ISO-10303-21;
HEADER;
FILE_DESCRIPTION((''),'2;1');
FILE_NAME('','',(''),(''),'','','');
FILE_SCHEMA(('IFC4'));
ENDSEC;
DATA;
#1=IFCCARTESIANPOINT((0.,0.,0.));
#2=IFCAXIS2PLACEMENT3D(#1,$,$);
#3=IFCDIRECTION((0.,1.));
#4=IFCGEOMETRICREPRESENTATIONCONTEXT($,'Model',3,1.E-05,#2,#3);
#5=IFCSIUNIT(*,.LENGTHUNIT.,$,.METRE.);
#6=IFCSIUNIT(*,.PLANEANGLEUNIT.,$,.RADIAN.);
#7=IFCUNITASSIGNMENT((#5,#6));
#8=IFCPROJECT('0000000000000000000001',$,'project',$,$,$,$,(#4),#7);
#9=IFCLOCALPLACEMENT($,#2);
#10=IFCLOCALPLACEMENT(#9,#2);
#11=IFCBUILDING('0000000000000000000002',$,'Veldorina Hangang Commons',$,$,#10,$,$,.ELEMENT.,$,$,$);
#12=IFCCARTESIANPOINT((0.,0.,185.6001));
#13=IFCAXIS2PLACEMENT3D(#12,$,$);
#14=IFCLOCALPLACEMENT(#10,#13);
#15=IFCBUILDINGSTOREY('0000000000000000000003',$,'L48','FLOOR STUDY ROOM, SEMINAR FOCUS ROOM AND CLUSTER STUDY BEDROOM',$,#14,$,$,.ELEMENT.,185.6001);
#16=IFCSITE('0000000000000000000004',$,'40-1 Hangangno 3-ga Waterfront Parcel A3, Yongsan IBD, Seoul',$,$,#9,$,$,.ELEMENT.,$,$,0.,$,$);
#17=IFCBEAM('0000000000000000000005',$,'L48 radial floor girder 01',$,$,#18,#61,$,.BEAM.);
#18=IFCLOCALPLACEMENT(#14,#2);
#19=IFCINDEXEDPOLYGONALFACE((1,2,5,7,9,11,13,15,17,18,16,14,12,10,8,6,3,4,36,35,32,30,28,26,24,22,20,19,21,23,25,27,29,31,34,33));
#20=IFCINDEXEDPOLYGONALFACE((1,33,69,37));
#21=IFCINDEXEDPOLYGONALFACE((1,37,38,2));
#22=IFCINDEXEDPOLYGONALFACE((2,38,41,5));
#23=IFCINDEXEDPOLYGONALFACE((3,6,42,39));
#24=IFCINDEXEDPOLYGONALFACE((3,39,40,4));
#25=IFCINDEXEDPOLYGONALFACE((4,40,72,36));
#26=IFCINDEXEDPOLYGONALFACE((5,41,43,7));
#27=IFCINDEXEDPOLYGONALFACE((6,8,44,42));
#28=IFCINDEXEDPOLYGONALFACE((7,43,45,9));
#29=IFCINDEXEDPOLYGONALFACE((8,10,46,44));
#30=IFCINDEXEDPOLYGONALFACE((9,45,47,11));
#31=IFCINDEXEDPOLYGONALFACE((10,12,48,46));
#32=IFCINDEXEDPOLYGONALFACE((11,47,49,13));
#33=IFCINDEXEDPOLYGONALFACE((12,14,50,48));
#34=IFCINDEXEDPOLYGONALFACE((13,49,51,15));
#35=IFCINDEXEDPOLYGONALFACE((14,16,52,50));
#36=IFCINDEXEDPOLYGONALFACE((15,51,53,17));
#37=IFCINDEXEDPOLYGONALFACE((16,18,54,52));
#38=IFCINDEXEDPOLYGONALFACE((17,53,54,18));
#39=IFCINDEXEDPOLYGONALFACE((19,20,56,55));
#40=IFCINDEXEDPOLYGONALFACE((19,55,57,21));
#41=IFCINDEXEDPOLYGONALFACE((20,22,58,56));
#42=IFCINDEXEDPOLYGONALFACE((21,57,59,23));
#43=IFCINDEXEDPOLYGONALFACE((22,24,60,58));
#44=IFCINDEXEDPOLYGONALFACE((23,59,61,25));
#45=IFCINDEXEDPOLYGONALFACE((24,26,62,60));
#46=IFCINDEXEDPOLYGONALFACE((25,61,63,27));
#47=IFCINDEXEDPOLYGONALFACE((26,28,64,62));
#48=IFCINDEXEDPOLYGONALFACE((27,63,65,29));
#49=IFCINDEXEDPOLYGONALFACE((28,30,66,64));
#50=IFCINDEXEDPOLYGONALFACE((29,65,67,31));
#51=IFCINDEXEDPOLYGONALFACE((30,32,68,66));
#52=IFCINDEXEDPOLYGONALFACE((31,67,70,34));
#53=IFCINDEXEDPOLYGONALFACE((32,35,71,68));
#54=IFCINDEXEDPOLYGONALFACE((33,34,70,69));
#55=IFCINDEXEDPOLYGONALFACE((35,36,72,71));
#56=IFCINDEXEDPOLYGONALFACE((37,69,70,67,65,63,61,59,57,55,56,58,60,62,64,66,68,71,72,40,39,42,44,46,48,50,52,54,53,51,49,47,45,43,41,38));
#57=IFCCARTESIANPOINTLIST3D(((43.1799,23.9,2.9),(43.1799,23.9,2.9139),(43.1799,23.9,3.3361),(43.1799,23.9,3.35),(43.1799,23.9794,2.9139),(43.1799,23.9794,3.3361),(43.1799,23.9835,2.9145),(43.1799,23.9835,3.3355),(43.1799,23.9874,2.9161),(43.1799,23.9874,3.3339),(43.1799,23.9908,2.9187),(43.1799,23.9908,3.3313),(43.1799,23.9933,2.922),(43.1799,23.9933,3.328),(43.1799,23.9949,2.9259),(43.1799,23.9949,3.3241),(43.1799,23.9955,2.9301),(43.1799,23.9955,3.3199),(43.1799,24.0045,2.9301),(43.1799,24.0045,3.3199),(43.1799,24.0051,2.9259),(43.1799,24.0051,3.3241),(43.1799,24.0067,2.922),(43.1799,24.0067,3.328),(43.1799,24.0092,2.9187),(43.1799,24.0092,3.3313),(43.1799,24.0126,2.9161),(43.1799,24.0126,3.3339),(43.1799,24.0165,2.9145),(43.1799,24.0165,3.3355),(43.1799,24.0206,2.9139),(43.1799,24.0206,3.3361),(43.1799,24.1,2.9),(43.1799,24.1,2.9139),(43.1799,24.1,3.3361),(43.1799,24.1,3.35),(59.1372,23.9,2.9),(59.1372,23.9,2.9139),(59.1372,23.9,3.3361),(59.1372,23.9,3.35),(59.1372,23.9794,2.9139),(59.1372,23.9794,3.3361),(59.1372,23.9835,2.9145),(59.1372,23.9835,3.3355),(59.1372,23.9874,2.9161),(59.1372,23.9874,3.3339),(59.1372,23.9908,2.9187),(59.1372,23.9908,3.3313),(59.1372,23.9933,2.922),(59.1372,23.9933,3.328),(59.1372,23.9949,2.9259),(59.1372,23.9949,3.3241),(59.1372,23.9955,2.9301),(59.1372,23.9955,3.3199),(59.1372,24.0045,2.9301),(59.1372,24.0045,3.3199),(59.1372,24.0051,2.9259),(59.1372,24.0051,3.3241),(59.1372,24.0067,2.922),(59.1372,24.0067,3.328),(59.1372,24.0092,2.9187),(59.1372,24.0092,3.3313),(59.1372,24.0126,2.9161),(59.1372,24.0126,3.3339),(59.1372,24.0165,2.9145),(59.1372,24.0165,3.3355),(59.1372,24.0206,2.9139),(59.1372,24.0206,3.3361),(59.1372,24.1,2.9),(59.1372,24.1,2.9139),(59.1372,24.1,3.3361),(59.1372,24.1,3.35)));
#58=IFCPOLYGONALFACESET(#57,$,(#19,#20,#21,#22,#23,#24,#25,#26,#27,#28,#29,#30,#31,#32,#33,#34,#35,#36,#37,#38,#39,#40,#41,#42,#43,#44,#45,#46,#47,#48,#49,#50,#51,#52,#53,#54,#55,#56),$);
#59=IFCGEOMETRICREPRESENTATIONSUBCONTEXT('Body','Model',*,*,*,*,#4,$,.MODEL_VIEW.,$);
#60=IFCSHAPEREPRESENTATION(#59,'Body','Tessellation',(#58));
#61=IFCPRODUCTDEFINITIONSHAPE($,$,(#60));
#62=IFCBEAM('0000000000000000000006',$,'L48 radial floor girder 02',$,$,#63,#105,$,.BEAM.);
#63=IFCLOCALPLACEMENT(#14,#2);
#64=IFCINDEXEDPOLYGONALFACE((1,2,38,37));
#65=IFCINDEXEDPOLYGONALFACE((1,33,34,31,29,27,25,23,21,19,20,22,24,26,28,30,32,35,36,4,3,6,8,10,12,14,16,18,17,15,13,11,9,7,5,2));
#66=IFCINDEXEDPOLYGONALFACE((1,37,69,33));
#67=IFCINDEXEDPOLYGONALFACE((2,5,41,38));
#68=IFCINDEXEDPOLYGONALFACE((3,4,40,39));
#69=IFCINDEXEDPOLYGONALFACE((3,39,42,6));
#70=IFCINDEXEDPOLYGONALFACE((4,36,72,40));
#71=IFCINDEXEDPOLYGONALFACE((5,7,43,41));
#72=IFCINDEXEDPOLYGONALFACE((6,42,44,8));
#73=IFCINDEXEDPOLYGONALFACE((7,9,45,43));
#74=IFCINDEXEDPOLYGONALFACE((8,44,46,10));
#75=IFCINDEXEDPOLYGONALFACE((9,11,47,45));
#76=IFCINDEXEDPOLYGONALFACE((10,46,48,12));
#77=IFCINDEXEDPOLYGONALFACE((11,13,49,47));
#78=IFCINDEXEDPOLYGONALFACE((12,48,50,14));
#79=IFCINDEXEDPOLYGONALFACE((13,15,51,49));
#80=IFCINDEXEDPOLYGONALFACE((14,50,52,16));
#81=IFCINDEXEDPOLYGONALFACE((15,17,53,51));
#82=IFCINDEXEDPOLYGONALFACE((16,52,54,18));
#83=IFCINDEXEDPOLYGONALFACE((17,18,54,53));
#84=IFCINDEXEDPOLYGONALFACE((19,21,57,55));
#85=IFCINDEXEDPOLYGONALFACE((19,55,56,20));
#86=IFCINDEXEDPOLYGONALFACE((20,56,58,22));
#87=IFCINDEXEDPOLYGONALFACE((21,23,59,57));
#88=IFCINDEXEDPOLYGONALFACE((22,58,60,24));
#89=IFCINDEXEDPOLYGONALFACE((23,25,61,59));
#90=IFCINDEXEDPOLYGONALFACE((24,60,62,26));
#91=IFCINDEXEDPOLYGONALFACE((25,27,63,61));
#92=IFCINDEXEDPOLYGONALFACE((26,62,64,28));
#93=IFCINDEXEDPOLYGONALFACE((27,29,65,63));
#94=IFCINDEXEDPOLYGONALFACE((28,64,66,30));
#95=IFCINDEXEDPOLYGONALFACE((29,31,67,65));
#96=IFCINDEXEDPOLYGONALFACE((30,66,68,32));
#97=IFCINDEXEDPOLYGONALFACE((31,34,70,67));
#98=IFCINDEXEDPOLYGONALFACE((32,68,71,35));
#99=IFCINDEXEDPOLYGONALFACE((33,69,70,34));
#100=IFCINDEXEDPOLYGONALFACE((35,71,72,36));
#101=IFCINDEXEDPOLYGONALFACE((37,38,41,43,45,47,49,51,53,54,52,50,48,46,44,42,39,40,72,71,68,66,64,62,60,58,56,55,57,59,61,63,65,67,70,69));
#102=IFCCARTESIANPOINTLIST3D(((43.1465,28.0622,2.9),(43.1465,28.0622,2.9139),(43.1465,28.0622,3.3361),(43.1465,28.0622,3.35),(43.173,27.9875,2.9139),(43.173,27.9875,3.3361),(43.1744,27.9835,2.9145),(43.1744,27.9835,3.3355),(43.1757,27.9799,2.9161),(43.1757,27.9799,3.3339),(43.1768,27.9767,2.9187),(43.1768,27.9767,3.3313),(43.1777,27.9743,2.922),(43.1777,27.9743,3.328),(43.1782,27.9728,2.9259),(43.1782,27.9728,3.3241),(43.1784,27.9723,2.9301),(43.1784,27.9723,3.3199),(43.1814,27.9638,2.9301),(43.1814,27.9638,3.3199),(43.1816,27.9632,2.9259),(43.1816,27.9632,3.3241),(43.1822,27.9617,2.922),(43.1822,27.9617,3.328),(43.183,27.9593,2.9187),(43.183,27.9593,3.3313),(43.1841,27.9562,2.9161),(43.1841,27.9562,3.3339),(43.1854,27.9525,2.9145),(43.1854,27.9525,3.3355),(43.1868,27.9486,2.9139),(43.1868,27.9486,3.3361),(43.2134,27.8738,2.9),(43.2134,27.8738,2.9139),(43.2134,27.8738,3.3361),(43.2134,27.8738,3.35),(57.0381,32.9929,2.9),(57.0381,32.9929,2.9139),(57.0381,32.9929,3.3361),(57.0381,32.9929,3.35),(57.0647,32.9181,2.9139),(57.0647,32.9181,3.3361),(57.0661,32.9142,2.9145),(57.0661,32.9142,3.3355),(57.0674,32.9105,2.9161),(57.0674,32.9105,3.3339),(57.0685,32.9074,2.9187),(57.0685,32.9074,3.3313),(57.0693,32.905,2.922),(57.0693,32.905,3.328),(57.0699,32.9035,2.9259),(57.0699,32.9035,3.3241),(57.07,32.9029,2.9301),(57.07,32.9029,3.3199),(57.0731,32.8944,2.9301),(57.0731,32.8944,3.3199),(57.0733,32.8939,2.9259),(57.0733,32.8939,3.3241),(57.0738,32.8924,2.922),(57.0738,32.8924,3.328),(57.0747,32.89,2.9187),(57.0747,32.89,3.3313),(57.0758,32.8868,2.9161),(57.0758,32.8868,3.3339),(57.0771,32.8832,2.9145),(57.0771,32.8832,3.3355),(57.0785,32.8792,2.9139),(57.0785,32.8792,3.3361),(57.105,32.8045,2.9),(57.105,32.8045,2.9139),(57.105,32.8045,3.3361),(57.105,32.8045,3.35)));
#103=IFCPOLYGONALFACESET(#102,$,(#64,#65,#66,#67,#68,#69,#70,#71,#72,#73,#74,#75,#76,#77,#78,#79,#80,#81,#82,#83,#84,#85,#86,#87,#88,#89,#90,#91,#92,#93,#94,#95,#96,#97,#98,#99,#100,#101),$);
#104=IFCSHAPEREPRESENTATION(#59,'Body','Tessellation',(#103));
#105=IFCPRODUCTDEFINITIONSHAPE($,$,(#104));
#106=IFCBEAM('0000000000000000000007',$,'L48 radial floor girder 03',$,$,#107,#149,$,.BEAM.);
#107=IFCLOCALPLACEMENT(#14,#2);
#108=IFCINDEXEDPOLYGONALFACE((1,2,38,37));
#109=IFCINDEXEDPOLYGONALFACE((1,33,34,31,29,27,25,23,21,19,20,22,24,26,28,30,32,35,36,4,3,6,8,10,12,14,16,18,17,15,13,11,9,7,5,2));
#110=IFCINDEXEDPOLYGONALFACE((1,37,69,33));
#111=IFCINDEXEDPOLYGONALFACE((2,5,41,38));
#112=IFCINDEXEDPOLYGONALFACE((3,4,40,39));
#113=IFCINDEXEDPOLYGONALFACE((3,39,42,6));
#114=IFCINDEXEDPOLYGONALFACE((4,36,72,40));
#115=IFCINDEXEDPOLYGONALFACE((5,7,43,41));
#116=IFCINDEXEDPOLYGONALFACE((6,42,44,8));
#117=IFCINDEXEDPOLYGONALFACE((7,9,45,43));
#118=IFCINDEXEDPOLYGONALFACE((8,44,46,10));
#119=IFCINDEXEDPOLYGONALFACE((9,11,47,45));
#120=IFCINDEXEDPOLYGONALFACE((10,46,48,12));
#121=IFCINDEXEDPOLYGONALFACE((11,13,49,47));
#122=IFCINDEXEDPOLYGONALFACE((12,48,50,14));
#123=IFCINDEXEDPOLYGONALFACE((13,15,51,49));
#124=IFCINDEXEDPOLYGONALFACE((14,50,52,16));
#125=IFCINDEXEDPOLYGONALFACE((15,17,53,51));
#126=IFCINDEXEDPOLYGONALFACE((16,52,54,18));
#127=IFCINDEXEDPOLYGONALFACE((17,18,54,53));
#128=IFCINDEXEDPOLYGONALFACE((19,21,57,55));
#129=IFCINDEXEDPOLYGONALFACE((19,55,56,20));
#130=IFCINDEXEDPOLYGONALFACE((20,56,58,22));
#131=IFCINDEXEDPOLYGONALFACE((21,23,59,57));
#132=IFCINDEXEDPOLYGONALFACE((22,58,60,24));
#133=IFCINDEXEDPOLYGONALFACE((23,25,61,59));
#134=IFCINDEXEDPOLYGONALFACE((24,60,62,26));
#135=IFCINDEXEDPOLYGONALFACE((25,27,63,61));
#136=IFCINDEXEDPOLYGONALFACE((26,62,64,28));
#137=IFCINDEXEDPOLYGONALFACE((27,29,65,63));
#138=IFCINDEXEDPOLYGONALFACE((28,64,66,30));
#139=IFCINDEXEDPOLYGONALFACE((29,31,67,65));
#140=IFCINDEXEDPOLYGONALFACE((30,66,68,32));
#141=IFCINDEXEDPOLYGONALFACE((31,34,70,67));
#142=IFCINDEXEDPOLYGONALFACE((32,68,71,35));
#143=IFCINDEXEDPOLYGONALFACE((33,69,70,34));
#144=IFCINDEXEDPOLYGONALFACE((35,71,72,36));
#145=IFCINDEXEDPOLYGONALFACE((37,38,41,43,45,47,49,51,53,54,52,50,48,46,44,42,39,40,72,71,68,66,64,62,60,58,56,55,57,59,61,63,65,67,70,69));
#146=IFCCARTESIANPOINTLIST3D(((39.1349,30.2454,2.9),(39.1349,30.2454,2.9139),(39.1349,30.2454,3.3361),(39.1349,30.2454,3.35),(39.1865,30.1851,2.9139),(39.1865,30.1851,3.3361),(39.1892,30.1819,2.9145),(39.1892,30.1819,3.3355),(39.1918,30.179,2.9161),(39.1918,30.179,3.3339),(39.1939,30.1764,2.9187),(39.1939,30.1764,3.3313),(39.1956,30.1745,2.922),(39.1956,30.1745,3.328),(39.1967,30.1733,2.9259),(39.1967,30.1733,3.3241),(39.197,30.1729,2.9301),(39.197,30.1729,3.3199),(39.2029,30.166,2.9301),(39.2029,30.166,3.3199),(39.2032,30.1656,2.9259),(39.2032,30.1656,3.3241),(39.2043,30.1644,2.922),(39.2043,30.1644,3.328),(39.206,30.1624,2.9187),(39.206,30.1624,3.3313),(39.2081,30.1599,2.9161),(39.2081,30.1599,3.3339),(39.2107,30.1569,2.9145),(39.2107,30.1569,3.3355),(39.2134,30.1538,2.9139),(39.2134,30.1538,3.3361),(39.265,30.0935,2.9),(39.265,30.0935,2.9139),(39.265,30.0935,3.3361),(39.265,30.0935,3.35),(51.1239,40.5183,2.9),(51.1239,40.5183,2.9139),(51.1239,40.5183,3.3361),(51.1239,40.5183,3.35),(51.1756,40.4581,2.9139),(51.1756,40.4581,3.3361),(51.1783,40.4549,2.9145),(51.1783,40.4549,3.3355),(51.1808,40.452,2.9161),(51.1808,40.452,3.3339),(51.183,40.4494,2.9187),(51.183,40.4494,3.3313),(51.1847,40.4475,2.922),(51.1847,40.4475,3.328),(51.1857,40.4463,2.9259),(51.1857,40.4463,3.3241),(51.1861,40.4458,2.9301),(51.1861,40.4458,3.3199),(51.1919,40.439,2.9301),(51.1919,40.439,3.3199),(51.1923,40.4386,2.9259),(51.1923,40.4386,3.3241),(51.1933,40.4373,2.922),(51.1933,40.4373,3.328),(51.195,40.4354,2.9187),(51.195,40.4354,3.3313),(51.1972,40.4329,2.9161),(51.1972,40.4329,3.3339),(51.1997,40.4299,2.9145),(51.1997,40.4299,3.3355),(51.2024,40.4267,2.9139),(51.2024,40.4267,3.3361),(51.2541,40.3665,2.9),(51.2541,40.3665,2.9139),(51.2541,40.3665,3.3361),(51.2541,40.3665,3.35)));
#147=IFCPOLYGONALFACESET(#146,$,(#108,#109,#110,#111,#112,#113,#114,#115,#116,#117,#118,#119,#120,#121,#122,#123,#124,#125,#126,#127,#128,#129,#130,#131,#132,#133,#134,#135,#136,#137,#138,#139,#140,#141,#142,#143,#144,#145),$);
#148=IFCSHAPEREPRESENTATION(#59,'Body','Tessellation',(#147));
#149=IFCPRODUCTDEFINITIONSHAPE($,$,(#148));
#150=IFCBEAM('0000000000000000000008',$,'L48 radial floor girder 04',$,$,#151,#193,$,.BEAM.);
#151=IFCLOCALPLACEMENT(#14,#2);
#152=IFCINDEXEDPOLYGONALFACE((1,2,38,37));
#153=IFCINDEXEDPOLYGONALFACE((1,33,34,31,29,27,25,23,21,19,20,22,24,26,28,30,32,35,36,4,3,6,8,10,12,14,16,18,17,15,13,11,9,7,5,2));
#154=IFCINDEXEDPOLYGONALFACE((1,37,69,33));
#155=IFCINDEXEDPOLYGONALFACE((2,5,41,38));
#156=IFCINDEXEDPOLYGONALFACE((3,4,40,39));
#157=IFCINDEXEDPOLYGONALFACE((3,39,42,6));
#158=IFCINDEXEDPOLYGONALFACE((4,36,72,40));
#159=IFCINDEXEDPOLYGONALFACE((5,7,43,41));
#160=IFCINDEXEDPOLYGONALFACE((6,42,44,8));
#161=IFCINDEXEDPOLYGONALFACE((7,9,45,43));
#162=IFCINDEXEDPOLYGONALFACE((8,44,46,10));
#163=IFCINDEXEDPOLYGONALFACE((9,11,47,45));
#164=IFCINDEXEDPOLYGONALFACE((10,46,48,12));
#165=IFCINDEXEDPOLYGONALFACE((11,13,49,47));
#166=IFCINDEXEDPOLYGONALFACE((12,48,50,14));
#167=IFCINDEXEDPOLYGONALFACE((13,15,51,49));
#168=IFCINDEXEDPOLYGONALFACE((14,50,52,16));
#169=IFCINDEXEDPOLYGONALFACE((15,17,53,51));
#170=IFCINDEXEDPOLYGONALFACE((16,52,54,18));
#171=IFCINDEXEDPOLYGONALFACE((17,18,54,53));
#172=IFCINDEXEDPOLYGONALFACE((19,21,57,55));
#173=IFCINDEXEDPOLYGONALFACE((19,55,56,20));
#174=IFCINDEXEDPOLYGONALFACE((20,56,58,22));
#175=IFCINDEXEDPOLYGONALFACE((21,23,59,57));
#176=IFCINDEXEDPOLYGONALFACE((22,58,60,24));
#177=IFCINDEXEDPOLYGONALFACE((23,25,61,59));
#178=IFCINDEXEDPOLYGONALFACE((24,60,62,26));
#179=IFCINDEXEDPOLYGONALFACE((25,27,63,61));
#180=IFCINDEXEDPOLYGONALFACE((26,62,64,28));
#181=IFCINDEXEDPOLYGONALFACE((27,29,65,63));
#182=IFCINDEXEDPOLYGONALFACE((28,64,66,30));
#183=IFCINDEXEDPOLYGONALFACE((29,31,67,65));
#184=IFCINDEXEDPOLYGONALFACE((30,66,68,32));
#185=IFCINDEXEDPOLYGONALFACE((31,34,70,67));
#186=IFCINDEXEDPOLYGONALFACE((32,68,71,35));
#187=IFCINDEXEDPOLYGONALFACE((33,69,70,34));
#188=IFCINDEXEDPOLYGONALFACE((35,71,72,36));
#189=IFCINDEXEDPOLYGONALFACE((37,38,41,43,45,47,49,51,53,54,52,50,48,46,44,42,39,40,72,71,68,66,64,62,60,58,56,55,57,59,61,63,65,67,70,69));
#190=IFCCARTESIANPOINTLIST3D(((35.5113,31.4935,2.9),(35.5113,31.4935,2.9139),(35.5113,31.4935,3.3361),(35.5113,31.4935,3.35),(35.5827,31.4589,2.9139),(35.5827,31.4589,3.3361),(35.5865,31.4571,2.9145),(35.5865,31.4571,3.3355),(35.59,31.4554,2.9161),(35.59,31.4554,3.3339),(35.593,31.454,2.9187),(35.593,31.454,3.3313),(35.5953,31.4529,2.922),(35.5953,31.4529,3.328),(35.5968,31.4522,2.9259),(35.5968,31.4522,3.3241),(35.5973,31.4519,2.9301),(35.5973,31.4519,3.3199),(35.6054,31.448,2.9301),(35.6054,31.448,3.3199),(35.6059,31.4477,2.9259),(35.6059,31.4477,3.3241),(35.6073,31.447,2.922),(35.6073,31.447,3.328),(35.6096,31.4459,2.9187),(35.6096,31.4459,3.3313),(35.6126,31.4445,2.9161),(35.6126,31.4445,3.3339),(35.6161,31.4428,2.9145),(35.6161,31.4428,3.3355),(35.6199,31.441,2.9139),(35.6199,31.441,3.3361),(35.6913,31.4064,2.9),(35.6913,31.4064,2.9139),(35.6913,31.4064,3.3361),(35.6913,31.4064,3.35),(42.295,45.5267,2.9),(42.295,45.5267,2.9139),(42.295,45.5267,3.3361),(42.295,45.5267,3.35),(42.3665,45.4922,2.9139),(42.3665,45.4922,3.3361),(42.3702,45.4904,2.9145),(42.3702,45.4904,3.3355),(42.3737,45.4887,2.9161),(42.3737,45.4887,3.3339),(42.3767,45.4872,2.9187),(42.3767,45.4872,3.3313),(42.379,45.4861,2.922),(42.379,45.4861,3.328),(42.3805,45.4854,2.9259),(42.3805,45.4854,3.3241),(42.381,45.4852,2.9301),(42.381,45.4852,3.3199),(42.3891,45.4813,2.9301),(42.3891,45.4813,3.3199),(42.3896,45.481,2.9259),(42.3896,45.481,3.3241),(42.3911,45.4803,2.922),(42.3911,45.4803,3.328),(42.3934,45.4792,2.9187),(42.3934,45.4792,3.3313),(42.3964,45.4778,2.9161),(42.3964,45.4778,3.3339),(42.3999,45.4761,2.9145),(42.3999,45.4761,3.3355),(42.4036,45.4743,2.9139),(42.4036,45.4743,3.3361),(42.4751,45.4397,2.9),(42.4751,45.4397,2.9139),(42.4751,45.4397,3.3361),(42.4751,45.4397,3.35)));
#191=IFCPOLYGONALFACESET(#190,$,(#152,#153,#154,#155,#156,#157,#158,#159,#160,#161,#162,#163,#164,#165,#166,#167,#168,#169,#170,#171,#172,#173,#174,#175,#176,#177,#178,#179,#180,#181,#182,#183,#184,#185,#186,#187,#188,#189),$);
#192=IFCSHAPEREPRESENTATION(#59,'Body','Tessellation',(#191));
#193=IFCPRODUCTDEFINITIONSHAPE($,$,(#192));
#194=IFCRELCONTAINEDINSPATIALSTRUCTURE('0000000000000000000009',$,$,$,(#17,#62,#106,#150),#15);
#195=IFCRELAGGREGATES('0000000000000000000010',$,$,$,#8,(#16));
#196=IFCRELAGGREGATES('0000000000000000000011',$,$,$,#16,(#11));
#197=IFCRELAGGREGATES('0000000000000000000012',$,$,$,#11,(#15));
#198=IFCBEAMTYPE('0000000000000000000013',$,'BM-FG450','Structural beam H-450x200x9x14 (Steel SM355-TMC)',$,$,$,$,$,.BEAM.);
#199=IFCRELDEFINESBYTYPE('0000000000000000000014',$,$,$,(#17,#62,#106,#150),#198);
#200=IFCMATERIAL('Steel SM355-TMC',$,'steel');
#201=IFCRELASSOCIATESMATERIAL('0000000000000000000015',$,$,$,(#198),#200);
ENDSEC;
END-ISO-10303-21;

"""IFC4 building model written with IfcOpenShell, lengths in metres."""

from ifc_helpers import new_model, si_unit, direction, frame, origin, origin_2d, place, context, subcontext, project, spatial, i_section, extrude, material, material_profile, profile_set, type_object, element, save


model = new_model("IFC4")

# Units and contexts
model_context = context("Model", 3, precision=1e-05, world=origin(), true_north=direction((0.0, 1.0)))
body_context = subcontext(model_context, "Body", "Model", "MODEL_VIEW")
ifc_project = project(units=[si_unit("LENGTHUNIT", "METRE"), si_unit("PLANEANGLEUNIT", "RADIAN")], contexts=[model_context])

# Site, building, storey
site_placement = place(None, origin())
site = spatial("IfcSite", under=ifc_project, at=site_placement, Name="40-1 Hangangno 3-ga Waterfront Parcel A3, Yongsan IBD, Seoul", CompositionType="ELEMENT", RefElevation=0.0)
building_placement = place(site_placement, origin())
building = spatial("IfcBuilding", under=site, at=building_placement, Name="Veldorina Hangang Commons", CompositionType="ELEMENT")
storey_placement = place(building_placement, frame((0.0, 0.0, 185.6001)))
storey = spatial("IfcBuildingStorey", under=building, at=storey_placement, Name="L48", Description="FLOOR STUDY ROOM, SEMINAR FOCUS ROOM AND CLUSTER STUDY BEDROOM", CompositionType="ELEMENT", Elevation=185.6001)

# Beams
ifc_material_1 = material(Name="Steel SM355-TMC", Category="steel")
ifc_material_profile = material_profile(ifc_material_1, i_section(OverallWidth=0.2, OverallDepth=0.45, WebThickness=0.009, FlangeThickness=0.0139, FilletRadius=0.0161, at=origin_2d()), Name="H-450x200x9x14")
ifc_profile_set = profile_set([ifc_material_profile], Name="Steel SM355-TMC")
beam_type = type_object("IfcBeamType", Name="BM-FG450", Description="Structural beam H-450x200x9x14 (Steel SM355-TMC)", PredefinedType="BEAM", material=ifc_profile_set)
beam_1_placement = place(storey_placement, frame((43.1799, 24.0, 3.125), z_axis=(1.0, 0.0, 0.0), x_axis=(0.0, 1.0, 0.0)))
element("IfcBeam", 1, at=beam_1_placement, inside=storey, type_object=beam_type, Name="L48 radial floor girder 01", PredefinedType="BEAM", context=body_context, shape_type="SweptSolid", body=[
    extrude(i_section(OverallWidth=0.2, OverallDepth=0.45, WebThickness=0.009, FlangeThickness=0.0139, FilletRadius=0.0161, at=origin_2d()), origin(), (0.0, 0.0, 1.0), 15.9573),
])
beam_2_placement = place(storey_placement, frame((43.1799, 27.968, 3.125), z_axis=(0.942398, 0.334493, 0.0), x_axis=(-0.334493, 0.942398, 0.0)))
element("IfcBeam", 2, at=beam_2_placement, inside=storey, type_object=beam_type, Name="L48 radial floor girder 02", PredefinedType="BEAM", context=body_context, shape_type="SweptSolid", body=[
    extrude(i_section(OverallWidth=0.2, OverallDepth=0.45, WebThickness=0.009, FlangeThickness=0.0139, FilletRadius=0.0161, at=origin_2d()), origin(), (0.0, 0.0, 1.0), 14.7407),
])
beam_3_placement = place(storey_placement, frame((39.2, 30.1694, 3.125), z_axis=(0.759361, 0.650669, 0.0), x_axis=(-0.650669, 0.759361, 0.0)))
element("IfcBeam", 3, at=beam_3_placement, inside=storey, type_object=beam_type, Name="L48 radial floor girder 03", PredefinedType="BEAM", context=body_context, shape_type="SweptSolid", body=[
    extrude(i_section(OverallWidth=0.2, OverallDepth=0.45, WebThickness=0.009, FlangeThickness=0.0139, FilletRadius=0.0161, at=origin_2d()), origin(), (0.0, 0.0, 1.0), 15.7883),
])
beam_4_placement = place(storey_placement, frame((35.6013, 31.45, 3.125), z_axis=(0.435219, 0.900324, 0.0), x_axis=(-0.900324, 0.435219, 0.0)))
element("IfcBeam", 4, at=beam_4_placement, inside=storey, type_object=beam_type, Name="L48 radial floor girder 04", PredefinedType="BEAM", context=body_context, shape_type="SweptSolid", body=[
    extrude(i_section(OverallWidth=0.2, OverallDepth=0.45, WebThickness=0.009, FlangeThickness=0.0139, FilletRadius=0.0161, at=origin_2d()), origin(), (0.0, 0.0, 1.0), 15.5869),
])

save(model, "model.ifc")
